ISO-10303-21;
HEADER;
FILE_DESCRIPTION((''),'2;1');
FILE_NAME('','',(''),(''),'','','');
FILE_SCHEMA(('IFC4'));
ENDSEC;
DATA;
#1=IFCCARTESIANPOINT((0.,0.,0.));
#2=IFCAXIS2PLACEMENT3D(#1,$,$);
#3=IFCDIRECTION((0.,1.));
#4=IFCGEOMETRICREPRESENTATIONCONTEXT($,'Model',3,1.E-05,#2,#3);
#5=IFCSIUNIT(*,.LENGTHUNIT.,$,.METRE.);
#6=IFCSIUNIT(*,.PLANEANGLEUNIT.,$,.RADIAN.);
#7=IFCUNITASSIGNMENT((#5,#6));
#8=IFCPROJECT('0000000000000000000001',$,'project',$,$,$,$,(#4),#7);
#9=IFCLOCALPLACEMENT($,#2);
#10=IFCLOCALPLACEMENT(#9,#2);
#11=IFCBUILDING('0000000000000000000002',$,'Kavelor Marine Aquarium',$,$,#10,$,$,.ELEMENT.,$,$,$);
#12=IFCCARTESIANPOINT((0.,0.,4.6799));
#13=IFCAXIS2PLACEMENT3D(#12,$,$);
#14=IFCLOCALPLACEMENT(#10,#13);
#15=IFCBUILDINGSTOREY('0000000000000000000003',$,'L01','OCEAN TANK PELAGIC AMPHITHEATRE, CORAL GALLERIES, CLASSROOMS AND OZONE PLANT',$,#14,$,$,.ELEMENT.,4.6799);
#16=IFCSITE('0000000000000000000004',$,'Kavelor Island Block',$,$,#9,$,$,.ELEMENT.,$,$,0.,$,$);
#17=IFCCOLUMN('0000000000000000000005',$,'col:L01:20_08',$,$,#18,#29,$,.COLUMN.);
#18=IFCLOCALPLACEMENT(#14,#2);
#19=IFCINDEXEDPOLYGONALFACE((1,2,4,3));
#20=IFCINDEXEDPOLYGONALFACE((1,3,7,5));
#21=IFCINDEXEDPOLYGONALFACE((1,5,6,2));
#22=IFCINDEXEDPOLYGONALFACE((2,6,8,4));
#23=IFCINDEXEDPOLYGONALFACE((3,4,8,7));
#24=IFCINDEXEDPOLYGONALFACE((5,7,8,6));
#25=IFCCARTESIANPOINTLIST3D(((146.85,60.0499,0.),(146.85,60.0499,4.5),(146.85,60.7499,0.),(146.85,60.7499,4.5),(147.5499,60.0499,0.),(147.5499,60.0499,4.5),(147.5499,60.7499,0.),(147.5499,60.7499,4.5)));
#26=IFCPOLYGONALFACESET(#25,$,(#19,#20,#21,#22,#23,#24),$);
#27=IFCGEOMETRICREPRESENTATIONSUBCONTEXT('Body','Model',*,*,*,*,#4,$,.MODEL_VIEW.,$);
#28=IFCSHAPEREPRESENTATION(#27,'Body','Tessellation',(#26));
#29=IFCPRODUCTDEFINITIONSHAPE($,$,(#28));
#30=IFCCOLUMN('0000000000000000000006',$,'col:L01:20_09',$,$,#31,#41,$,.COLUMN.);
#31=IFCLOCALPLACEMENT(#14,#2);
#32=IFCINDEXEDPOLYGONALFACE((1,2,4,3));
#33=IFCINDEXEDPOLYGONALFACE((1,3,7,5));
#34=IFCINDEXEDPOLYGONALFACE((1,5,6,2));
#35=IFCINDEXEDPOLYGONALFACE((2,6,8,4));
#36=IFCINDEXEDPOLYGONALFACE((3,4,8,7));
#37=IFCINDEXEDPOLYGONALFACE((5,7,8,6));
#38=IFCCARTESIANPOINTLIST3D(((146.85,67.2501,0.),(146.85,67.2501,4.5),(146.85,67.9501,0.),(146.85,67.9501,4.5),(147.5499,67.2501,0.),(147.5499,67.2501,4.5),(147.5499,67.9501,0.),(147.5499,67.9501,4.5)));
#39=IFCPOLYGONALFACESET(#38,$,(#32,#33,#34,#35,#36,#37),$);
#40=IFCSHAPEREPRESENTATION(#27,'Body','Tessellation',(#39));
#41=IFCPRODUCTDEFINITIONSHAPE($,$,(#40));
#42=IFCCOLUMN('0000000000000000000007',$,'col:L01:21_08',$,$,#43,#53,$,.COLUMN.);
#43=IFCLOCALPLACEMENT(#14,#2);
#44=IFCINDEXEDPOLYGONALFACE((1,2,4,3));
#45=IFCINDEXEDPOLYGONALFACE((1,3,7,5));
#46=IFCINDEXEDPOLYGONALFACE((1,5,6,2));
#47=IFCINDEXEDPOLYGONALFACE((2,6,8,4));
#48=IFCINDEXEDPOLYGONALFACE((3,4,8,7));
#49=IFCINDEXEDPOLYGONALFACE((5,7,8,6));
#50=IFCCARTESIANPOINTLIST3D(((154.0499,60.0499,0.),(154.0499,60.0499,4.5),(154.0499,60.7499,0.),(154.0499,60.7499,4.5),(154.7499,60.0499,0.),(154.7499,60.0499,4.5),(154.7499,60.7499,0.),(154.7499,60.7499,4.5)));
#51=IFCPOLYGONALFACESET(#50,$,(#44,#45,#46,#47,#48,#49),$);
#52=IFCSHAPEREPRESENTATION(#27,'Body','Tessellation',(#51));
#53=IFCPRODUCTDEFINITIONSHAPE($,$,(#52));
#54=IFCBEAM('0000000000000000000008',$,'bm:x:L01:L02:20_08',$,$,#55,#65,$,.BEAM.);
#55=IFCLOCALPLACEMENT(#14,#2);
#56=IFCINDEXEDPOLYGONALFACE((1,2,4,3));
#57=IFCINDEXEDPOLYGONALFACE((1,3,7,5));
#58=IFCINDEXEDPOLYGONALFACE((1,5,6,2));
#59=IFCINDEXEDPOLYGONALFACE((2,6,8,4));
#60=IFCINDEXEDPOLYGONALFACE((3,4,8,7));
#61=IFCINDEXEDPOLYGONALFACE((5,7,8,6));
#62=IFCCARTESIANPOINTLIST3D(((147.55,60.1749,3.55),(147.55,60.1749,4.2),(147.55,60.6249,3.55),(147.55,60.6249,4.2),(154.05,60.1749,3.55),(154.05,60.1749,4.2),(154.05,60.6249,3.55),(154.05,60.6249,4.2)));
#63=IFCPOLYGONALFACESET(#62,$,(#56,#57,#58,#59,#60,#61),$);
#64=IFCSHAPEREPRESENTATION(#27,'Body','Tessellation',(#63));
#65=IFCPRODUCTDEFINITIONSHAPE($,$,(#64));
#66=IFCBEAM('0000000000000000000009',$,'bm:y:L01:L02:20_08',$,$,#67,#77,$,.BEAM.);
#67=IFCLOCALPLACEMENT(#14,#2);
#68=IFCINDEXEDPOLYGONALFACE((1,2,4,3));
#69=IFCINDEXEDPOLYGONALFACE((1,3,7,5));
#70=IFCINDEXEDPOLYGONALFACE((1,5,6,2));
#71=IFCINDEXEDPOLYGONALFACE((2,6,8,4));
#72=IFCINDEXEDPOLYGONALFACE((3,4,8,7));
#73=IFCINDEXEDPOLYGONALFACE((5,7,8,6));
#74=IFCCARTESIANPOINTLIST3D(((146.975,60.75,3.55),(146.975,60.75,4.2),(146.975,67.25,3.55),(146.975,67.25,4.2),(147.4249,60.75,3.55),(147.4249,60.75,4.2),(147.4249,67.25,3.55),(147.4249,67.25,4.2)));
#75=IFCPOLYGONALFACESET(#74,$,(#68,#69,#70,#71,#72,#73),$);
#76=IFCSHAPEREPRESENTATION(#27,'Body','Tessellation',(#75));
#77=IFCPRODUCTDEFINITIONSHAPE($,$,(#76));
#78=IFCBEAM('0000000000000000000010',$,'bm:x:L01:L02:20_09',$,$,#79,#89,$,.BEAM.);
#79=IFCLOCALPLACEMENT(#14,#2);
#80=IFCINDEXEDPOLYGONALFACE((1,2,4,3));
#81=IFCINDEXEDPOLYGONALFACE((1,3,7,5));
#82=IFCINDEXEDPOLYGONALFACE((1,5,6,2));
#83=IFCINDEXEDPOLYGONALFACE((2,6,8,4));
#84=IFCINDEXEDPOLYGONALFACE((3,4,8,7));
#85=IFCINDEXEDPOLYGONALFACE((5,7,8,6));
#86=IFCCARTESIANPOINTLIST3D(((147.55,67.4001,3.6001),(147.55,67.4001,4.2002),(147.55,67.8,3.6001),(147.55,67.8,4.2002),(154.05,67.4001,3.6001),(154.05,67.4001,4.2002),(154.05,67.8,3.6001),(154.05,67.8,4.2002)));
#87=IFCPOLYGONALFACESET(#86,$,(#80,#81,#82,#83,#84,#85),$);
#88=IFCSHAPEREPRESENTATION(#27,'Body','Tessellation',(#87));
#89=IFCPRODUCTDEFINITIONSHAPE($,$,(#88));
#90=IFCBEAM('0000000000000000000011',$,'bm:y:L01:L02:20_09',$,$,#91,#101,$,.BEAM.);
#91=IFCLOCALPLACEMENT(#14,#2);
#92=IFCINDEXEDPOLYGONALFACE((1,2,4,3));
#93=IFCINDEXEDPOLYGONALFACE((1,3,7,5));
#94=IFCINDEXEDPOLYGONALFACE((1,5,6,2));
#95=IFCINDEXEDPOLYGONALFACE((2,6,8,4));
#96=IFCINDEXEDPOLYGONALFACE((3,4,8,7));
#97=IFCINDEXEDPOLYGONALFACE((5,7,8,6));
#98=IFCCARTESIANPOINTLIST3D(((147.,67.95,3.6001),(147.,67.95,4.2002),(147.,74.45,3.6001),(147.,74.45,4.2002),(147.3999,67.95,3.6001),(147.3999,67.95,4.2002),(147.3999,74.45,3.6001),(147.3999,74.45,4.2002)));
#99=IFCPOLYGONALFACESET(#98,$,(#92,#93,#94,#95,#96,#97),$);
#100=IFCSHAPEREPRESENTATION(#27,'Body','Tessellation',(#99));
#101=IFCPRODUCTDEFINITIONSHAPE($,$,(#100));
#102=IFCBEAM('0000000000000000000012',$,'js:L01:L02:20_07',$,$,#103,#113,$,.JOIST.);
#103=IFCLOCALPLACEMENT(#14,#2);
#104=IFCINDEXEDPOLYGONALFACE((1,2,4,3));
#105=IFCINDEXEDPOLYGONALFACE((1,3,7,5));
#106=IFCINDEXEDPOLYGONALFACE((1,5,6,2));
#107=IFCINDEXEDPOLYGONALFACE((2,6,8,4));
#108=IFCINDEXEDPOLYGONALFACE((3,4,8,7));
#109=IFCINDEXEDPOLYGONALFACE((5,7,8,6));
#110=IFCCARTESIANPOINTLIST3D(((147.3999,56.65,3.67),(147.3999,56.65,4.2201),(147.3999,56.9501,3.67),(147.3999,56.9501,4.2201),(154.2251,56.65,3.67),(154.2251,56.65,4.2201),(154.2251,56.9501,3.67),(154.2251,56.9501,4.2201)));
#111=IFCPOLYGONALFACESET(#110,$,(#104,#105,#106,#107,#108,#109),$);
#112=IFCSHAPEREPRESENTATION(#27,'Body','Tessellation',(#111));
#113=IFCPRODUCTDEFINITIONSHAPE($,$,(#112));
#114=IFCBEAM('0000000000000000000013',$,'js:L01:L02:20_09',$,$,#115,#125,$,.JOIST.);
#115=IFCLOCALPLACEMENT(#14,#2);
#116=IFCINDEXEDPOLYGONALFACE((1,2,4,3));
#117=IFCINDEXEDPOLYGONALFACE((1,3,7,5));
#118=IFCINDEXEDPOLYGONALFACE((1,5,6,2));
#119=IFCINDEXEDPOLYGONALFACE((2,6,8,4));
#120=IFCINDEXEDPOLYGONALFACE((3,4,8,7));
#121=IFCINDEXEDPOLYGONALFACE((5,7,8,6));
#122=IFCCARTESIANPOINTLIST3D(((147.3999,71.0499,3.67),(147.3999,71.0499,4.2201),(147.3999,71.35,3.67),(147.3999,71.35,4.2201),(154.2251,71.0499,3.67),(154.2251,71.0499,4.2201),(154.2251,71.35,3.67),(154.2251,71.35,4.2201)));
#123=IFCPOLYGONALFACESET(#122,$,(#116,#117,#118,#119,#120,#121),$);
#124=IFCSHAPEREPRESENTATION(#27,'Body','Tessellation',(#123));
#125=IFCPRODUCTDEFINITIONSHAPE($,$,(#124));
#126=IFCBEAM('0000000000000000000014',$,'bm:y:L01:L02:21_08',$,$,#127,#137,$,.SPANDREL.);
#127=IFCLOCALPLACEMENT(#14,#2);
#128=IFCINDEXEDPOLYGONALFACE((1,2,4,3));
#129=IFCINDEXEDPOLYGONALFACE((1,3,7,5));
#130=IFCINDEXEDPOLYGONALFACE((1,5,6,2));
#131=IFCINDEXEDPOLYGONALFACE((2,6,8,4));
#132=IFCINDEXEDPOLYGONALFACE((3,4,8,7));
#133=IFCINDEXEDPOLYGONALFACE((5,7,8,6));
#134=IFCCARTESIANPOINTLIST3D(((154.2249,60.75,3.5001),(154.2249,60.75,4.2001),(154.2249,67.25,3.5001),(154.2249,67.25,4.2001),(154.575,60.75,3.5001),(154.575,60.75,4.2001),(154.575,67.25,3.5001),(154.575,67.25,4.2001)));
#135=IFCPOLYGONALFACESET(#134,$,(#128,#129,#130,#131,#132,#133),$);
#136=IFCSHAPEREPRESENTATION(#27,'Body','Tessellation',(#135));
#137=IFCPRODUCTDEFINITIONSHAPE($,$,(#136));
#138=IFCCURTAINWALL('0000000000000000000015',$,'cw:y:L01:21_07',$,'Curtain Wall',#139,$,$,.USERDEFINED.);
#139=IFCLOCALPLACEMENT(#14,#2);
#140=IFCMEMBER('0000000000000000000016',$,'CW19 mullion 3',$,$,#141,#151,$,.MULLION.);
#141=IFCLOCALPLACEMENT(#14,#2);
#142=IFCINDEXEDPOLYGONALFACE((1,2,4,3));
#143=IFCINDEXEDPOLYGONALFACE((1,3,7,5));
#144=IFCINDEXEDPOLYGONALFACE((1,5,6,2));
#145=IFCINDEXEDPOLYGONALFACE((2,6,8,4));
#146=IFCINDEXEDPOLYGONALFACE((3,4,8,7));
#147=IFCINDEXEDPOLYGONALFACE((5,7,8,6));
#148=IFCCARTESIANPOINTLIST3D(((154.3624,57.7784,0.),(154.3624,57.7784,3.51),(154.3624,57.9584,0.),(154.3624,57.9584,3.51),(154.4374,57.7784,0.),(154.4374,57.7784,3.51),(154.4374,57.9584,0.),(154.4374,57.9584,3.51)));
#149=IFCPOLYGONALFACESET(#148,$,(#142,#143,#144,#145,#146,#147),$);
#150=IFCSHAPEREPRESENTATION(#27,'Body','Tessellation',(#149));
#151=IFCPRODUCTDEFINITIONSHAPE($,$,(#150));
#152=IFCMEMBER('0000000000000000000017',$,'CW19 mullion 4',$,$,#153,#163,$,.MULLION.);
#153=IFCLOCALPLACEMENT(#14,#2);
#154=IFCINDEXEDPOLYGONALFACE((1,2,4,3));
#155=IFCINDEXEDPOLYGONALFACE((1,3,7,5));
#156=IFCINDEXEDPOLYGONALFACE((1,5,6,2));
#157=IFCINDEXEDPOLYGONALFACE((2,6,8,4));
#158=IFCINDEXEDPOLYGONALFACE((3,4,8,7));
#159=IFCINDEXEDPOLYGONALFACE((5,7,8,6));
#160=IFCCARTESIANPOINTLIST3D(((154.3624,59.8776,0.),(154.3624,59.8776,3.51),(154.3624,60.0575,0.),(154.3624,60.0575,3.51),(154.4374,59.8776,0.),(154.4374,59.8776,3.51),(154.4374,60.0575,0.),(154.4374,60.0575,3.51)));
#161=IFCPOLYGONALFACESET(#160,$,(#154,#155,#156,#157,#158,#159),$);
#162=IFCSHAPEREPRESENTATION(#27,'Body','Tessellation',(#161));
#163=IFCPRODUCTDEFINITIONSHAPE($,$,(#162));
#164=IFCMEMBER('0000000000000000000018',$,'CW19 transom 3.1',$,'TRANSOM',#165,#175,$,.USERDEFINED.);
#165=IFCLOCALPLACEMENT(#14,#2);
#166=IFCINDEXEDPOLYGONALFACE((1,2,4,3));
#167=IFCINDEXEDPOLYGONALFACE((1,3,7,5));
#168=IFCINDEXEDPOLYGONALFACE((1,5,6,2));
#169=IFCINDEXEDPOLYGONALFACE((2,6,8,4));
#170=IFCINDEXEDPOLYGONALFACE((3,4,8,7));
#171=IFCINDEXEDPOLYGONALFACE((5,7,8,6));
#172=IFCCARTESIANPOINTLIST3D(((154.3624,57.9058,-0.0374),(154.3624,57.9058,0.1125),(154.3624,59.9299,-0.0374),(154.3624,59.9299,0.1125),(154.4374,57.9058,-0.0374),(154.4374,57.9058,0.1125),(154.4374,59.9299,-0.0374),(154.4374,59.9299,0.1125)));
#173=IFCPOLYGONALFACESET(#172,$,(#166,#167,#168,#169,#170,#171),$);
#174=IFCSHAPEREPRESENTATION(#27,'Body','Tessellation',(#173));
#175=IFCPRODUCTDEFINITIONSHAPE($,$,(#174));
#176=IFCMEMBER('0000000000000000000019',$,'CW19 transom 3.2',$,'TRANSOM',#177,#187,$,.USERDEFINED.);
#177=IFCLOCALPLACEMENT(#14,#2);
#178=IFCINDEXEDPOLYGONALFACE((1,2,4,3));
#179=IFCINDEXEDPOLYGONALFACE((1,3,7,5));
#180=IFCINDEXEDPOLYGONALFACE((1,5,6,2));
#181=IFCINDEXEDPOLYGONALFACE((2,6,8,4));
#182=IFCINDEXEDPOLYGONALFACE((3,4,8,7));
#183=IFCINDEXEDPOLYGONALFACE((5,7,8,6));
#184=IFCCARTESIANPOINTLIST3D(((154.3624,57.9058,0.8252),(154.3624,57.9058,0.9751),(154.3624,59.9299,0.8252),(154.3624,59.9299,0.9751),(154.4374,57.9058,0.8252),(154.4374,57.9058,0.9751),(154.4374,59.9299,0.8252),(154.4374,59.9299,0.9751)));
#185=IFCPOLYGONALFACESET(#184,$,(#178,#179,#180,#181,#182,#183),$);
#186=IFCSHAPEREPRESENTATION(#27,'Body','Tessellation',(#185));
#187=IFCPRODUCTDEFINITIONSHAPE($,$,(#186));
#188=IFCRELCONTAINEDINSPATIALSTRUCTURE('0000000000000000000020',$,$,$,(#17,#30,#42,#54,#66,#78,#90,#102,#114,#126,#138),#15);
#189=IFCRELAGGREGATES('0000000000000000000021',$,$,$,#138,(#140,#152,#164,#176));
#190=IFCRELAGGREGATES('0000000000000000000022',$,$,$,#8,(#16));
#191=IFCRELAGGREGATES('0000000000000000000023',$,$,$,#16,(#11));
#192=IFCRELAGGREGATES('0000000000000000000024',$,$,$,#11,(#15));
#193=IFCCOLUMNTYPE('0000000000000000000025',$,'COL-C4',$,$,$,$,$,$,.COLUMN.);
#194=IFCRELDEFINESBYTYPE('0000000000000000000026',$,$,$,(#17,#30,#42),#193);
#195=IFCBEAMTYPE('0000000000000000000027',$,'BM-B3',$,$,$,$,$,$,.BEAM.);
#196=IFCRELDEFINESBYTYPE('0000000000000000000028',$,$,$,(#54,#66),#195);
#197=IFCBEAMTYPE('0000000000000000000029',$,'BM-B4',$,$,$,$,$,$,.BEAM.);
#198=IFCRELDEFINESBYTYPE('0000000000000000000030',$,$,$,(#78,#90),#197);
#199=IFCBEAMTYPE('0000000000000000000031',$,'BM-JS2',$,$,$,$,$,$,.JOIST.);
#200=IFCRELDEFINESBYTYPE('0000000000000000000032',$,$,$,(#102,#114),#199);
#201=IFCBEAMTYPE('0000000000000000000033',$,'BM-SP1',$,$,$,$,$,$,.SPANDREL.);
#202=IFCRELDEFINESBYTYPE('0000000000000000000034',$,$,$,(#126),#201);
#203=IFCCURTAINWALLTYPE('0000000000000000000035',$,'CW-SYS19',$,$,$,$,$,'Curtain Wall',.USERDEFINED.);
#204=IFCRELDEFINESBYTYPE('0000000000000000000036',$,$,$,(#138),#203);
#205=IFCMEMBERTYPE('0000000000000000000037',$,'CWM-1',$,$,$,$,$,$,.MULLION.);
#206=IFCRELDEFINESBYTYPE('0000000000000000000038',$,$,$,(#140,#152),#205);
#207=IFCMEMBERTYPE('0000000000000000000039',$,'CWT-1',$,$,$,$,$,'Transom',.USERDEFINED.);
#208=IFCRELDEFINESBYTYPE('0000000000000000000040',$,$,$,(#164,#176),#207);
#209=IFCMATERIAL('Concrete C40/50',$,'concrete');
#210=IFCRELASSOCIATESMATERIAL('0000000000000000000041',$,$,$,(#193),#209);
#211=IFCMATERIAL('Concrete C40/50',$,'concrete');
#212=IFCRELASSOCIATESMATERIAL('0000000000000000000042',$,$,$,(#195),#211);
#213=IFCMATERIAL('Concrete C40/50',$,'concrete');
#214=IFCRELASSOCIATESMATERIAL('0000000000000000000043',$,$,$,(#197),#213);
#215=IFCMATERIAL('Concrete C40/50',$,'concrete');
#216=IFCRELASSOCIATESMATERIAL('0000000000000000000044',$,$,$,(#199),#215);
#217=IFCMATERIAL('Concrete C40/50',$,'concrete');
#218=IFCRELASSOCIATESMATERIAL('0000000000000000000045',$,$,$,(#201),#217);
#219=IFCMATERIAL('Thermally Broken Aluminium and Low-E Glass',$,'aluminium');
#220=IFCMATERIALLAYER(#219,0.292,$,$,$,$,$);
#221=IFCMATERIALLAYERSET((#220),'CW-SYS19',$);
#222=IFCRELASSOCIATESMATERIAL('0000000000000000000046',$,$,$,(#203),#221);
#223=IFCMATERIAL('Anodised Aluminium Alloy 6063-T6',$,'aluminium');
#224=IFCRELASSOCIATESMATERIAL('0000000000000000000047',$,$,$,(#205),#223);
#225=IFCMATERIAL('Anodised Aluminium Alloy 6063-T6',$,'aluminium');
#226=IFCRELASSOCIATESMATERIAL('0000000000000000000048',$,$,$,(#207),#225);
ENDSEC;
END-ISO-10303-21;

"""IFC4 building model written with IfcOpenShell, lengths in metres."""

from ifc_helpers import new_model, si_unit, direction, frame, origin, origin_2d, place, context, subcontext, project, spatial, rectangle, extrude, material, layer, layer_set, material_profile, profile_set, type_object, element, aggregate, save


model = new_model("IFC4")

# Units and contexts
model_context = context("Model", 3, precision=1e-05, world=origin(), true_north=direction((0.0, 1.0)))
body_context = subcontext(model_context, "Body", "Model", "MODEL_VIEW")
ifc_project = project(units=[si_unit("LENGTHUNIT", "METRE"), si_unit("PLANEANGLEUNIT", "RADIAN")], contexts=[model_context])

# Site, building, storey
site_placement = place(None, origin())
site = spatial("IfcSite", under=ifc_project, at=site_placement, Name="Kavelor Island Block", CompositionType="ELEMENT", RefElevation=0.0)
building_placement = place(site_placement, origin())
building = spatial("IfcBuilding", under=site, at=building_placement, Name="Kavelor Marine Aquarium", CompositionType="ELEMENT")
storey_placement = place(building_placement, frame((0.0, 0.0, 4.6799)))
storey = spatial("IfcBuildingStorey", under=building, at=storey_placement, Name="L01", Description="OCEAN TANK PELAGIC AMPHITHEATRE, CORAL GALLERIES, CLASSROOMS AND OZONE PLANT", CompositionType="ELEMENT", Elevation=4.6799)

# Columns
ifc_material_1 = material(Name="Concrete C40/50", Category="concrete")
ifc_material_profile_1 = material_profile(ifc_material_1, rectangle(XDim=0.7, YDim=0.7, at=origin_2d()), Name="RC-COL 700x700")
ifc_profile_set_1 = profile_set([ifc_material_profile_1], Name="Concrete C40/50")
column_type = type_object("IfcColumnType", Name="COL-C4", PredefinedType="COLUMN", material=ifc_profile_set_1)
for number, where, z_axis, x_axis, name in (
    (1, (147.2, 60.3999, 0.0), (0.0, 0.0, 1.0), (1.0, 0.0, 0.0), "col:L01:20_08"),
    (2, (147.2, 67.6001, 0.0), (0.0, 0.0, 1.0), (1.0, 0.0, 0.0), "col:L01:20_09"),
    (3, (154.3999, 60.3999, 0.0), (0.0, 0.0, 1.0), (1.0, 0.0, 0.0), "col:L01:21_08"),
):
    element("IfcColumn", number, at=place(storey_placement, frame(where, z_axis=z_axis, x_axis=x_axis)), inside=storey, type_object=column_type, Name=name, PredefinedType="COLUMN", context=body_context, shape_type="SweptSolid", body=[
        extrude(rectangle(XDim=0.7, YDim=0.7, at=origin_2d()), origin(), (0.0, 0.0, 1.0), 4.5),
    ])

# Beams
ifc_material_2 = material(Name="Concrete C40/50", Category="concrete")
ifc_material_profile_2 = material_profile(ifc_material_2, rectangle(XDim=0.45, YDim=0.6499, at=origin_2d()), Name="RC-BM 450x650")
ifc_profile_set_2 = profile_set([ifc_material_profile_2], Name="Concrete C40/50")
beam_type_1 = type_object("IfcBeamType", Name="BM-B3", PredefinedType="BEAM", material=ifc_profile_set_2)
for number, where, z_axis, x_axis, name in (
    (4, (147.55, 60.3999, 3.875), (1.0, 0.0, 0.0), (0.0, 1.0, 0.0), "bm:x:L01:L02:20_08"),
    (5, (147.2, 60.75, 3.875), (0.0, 1.0, 0.0), (-1.0, 0.0, 0.0), "bm:y:L01:L02:20_08"),
):
    element("IfcBeam", number, at=place(storey_placement, frame(where, z_axis=z_axis, x_axis=x_axis)), inside=storey, type_object=beam_type_1, Name=name, PredefinedType="BEAM", context=body_context, shape_type="SweptSolid", body=[
        extrude(rectangle(XDim=0.45, YDim=0.6499, at=origin_2d()), origin(), (0.0, 0.0, 1.0), 6.5),
    ])
ifc_material_3 = material(Name="Concrete C40/50", Category="concrete")
ifc_material_profile_3 = material_profile(ifc_material_3, rectangle(XDim=0.3999, YDim=0.6001, at=origin_2d()), Name="RC-BM 400x600")
ifc_profile_set_3 = profile_set([ifc_material_profile_3], Name="Concrete C40/50")
beam_type_2 = type_object("IfcBeamType", Name="BM-B4", PredefinedType="BEAM", material=ifc_profile_set_3)
for number, where, z_axis, x_axis, name in (
    (6, (147.55, 67.6001, 3.9001), (1.0, 0.0, 0.0), (0.0, 1.0, 0.0), "bm:x:L01:L02:20_09"),
    (7, (147.2, 67.95, 3.9001), (0.0, 1.0, 0.0), (-1.0, 0.0, 0.0), "bm:y:L01:L02:20_09"),
):
    element("IfcBeam", number, at=place(storey_placement, frame(where, z_axis=z_axis, x_axis=x_axis)), inside=storey, type_object=beam_type_2, Name=name, PredefinedType="BEAM", context=body_context, shape_type="SweptSolid", body=[
        extrude(rectangle(XDim=0.3999, YDim=0.6001, at=origin_2d()), origin(), (0.0, 0.0, 1.0), 6.5),
    ])
ifc_material_4 = material(Name="Concrete C40/50", Category="concrete")
ifc_material_profile_4 = material_profile(ifc_material_4, rectangle(XDim=0.3, YDim=0.55, at=origin_2d()), Name="RC-JS 300x550")
ifc_profile_set_4 = profile_set([ifc_material_profile_4], Name="Concrete C40/50")
beam_type_3 = type_object("IfcBeamType", Name="BM-JS2", PredefinedType="JOIST", material=ifc_profile_set_4)
for number, where, z_axis, x_axis, name in (
    (8, (147.3999, 56.8, 3.9451), (1.0, 0.0, 0.0), (0.0, 1.0, 0.0), "js:L01:L02:20_07"),
    (9, (147.3999, 71.2, 3.9451), (1.0, 0.0, 0.0), (0.0, 1.0, 0.0), "js:L01:L02:20_09"),
):
    element("IfcBeam", number, at=place(storey_placement, frame(where, z_axis=z_axis, x_axis=x_axis)), inside=storey, type_object=beam_type_3, Name=name, PredefinedType="JOIST", context=body_context, shape_type="SweptSolid", body=[
        extrude(rectangle(XDim=0.3, YDim=0.55, at=origin_2d()), origin(), (0.0, 0.0, 1.0), 6.8252),
    ])
ifc_material_5 = material(Name="Concrete C40/50", Category="concrete")
ifc_material_profile_5 = material_profile(ifc_material_5, rectangle(XDim=0.3501, YDim=0.7, at=origin_2d()), Name="RC-SP 350x700")
ifc_profile_set_5 = profile_set([ifc_material_profile_5], Name="Concrete C40/50")
beam_type_4 = type_object("IfcBeamType", Name="BM-SP1", PredefinedType="SPANDREL", material=ifc_profile_set_5)
beam_placement = place(storey_placement, frame((154.3999, 60.75, 3.8501), z_axis=(0.0, 1.0, 0.0), x_axis=(-1.0, 0.0, 0.0)))
element("IfcBeam", 10, at=beam_placement, inside=storey, type_object=beam_type_4, Name="bm:y:L01:L02:21_08", PredefinedType="SPANDREL", context=body_context, shape_type="SweptSolid", body=[
    extrude(rectangle(XDim=0.3501, YDim=0.7, at=origin_2d()), origin(), (0.0, 0.0, 1.0), 6.5),
])

# Curtain wall, members
ifc_material_6 = material(Name="Thermally Broken Aluminium and Low-E Glass", Category="aluminium")
ifc_layer_1 = layer(ifc_material_6, 0.292)
ifc_layer_set_1 = layer_set([ifc_layer_1], Name="CW-SYS19")
curtain_wall_type = type_object("IfcCurtainWallType", Name="CW-SYS19", ElementType="Curtain Wall", PredefinedType="USERDEFINED", material=ifc_layer_set_1)
curtain_wall_placement = place(storey_placement, origin())
curtain_wall = element("IfcCurtainWall", 11, at=curtain_wall_placement, inside=storey, type_object=curtain_wall_type, Name="cw:y:L01:21_07", ObjectType="Curtain Wall", PredefinedType="USERDEFINED")
ifc_material_7 = material(Name="Anodised Aluminium Alloy 6063-T6", Category="aluminium")
ifc_material_profile_6 = material_profile(ifc_material_7, rectangle(XDim=0.075, YDim=0.1799, at=origin_2d()), Name="CW-MUL 75x180")
ifc_profile_set_6 = profile_set([ifc_material_profile_6], Name="Anodised Aluminium Alloy 6063-T6")
member_type_1 = type_object("IfcMemberType", Name="CWM-1", PredefinedType="MULLION", material=ifc_profile_set_6)
member_1_placement = place(storey_placement, frame((154.3999, 57.8684, 0.0), z_axis=(0.0, 0.0, 1.0), x_axis=(-1.0, 0.0, 0.0)))
member_1 = element("IfcMember", 12, at=member_1_placement, type_object=member_type_1, Name="CW19 mullion 3", PredefinedType="MULLION", context=body_context, shape_type="SweptSolid", body=[
    extrude(rectangle(XDim=0.075, YDim=0.1799, at=origin_2d()), origin(), (0.0, 0.0, 1.0), 3.51),
])
member_2_placement = place(storey_placement, frame((154.3999, 59.9675, 0.0), z_axis=(0.0, 0.0, 1.0), x_axis=(-1.0, 0.0, 0.0)))
member_2 = element("IfcMember", 13, at=member_2_placement, type_object=member_type_1, Name="CW19 mullion 4", PredefinedType="MULLION", context=body_context, shape_type="SweptSolid", body=[
    extrude(rectangle(XDim=0.075, YDim=0.1799, at=origin_2d()), origin(), (0.0, 0.0, 1.0), 3.51),
])
ifc_material_8 = material(Name="Anodised Aluminium Alloy 6063-T6", Category="aluminium")
ifc_material_profile_7 = material_profile(ifc_material_8, rectangle(XDim=0.075, YDim=0.1499, at=origin_2d()), Name="CW-TRN 75x150")
ifc_profile_set_7 = profile_set([ifc_material_profile_7], Name="Anodised Aluminium Alloy 6063-T6")
member_type_2 = type_object("IfcMemberType", Name="CWT-1", ElementType="Transom", PredefinedType="USERDEFINED", material=ifc_profile_set_7)
member_3_placement = place(storey_placement, frame((154.3999, 57.9058, 0.0376), z_axis=(0.0, 1.0, 0.0), x_axis=(-1.0, 0.0, 0.0)))
member_3 = element("IfcMember", 14, at=member_3_placement, type_object=member_type_2, Name="CW19 transom 3.1", ObjectType="TRANSOM", PredefinedType="USERDEFINED", context=body_context, shape_type="SweptSolid", body=[
    extrude(rectangle(XDim=0.075, YDim=0.1499, at=origin_2d()), origin(), (0.0, 0.0, 1.0), 2.0242),
])
member_4_placement = place(storey_placement, frame((154.3999, 57.9058, 0.9001), z_axis=(0.0, 1.0, 0.0), x_axis=(-1.0, 0.0, 0.0)))
member_4 = element("IfcMember", 15, at=member_4_placement, type_object=member_type_2, Name="CW19 transom 3.2", ObjectType="TRANSOM", PredefinedType="USERDEFINED", context=body_context, shape_type="SweptSolid", body=[
    extrude(rectangle(XDim=0.075, YDim=0.1499, at=origin_2d()), origin(), (0.0, 0.0, 1.0), 2.0242),
])

aggregate(curtain_wall, [member_1, member_2, member_3, member_4])

save(model, "model.ifc")
